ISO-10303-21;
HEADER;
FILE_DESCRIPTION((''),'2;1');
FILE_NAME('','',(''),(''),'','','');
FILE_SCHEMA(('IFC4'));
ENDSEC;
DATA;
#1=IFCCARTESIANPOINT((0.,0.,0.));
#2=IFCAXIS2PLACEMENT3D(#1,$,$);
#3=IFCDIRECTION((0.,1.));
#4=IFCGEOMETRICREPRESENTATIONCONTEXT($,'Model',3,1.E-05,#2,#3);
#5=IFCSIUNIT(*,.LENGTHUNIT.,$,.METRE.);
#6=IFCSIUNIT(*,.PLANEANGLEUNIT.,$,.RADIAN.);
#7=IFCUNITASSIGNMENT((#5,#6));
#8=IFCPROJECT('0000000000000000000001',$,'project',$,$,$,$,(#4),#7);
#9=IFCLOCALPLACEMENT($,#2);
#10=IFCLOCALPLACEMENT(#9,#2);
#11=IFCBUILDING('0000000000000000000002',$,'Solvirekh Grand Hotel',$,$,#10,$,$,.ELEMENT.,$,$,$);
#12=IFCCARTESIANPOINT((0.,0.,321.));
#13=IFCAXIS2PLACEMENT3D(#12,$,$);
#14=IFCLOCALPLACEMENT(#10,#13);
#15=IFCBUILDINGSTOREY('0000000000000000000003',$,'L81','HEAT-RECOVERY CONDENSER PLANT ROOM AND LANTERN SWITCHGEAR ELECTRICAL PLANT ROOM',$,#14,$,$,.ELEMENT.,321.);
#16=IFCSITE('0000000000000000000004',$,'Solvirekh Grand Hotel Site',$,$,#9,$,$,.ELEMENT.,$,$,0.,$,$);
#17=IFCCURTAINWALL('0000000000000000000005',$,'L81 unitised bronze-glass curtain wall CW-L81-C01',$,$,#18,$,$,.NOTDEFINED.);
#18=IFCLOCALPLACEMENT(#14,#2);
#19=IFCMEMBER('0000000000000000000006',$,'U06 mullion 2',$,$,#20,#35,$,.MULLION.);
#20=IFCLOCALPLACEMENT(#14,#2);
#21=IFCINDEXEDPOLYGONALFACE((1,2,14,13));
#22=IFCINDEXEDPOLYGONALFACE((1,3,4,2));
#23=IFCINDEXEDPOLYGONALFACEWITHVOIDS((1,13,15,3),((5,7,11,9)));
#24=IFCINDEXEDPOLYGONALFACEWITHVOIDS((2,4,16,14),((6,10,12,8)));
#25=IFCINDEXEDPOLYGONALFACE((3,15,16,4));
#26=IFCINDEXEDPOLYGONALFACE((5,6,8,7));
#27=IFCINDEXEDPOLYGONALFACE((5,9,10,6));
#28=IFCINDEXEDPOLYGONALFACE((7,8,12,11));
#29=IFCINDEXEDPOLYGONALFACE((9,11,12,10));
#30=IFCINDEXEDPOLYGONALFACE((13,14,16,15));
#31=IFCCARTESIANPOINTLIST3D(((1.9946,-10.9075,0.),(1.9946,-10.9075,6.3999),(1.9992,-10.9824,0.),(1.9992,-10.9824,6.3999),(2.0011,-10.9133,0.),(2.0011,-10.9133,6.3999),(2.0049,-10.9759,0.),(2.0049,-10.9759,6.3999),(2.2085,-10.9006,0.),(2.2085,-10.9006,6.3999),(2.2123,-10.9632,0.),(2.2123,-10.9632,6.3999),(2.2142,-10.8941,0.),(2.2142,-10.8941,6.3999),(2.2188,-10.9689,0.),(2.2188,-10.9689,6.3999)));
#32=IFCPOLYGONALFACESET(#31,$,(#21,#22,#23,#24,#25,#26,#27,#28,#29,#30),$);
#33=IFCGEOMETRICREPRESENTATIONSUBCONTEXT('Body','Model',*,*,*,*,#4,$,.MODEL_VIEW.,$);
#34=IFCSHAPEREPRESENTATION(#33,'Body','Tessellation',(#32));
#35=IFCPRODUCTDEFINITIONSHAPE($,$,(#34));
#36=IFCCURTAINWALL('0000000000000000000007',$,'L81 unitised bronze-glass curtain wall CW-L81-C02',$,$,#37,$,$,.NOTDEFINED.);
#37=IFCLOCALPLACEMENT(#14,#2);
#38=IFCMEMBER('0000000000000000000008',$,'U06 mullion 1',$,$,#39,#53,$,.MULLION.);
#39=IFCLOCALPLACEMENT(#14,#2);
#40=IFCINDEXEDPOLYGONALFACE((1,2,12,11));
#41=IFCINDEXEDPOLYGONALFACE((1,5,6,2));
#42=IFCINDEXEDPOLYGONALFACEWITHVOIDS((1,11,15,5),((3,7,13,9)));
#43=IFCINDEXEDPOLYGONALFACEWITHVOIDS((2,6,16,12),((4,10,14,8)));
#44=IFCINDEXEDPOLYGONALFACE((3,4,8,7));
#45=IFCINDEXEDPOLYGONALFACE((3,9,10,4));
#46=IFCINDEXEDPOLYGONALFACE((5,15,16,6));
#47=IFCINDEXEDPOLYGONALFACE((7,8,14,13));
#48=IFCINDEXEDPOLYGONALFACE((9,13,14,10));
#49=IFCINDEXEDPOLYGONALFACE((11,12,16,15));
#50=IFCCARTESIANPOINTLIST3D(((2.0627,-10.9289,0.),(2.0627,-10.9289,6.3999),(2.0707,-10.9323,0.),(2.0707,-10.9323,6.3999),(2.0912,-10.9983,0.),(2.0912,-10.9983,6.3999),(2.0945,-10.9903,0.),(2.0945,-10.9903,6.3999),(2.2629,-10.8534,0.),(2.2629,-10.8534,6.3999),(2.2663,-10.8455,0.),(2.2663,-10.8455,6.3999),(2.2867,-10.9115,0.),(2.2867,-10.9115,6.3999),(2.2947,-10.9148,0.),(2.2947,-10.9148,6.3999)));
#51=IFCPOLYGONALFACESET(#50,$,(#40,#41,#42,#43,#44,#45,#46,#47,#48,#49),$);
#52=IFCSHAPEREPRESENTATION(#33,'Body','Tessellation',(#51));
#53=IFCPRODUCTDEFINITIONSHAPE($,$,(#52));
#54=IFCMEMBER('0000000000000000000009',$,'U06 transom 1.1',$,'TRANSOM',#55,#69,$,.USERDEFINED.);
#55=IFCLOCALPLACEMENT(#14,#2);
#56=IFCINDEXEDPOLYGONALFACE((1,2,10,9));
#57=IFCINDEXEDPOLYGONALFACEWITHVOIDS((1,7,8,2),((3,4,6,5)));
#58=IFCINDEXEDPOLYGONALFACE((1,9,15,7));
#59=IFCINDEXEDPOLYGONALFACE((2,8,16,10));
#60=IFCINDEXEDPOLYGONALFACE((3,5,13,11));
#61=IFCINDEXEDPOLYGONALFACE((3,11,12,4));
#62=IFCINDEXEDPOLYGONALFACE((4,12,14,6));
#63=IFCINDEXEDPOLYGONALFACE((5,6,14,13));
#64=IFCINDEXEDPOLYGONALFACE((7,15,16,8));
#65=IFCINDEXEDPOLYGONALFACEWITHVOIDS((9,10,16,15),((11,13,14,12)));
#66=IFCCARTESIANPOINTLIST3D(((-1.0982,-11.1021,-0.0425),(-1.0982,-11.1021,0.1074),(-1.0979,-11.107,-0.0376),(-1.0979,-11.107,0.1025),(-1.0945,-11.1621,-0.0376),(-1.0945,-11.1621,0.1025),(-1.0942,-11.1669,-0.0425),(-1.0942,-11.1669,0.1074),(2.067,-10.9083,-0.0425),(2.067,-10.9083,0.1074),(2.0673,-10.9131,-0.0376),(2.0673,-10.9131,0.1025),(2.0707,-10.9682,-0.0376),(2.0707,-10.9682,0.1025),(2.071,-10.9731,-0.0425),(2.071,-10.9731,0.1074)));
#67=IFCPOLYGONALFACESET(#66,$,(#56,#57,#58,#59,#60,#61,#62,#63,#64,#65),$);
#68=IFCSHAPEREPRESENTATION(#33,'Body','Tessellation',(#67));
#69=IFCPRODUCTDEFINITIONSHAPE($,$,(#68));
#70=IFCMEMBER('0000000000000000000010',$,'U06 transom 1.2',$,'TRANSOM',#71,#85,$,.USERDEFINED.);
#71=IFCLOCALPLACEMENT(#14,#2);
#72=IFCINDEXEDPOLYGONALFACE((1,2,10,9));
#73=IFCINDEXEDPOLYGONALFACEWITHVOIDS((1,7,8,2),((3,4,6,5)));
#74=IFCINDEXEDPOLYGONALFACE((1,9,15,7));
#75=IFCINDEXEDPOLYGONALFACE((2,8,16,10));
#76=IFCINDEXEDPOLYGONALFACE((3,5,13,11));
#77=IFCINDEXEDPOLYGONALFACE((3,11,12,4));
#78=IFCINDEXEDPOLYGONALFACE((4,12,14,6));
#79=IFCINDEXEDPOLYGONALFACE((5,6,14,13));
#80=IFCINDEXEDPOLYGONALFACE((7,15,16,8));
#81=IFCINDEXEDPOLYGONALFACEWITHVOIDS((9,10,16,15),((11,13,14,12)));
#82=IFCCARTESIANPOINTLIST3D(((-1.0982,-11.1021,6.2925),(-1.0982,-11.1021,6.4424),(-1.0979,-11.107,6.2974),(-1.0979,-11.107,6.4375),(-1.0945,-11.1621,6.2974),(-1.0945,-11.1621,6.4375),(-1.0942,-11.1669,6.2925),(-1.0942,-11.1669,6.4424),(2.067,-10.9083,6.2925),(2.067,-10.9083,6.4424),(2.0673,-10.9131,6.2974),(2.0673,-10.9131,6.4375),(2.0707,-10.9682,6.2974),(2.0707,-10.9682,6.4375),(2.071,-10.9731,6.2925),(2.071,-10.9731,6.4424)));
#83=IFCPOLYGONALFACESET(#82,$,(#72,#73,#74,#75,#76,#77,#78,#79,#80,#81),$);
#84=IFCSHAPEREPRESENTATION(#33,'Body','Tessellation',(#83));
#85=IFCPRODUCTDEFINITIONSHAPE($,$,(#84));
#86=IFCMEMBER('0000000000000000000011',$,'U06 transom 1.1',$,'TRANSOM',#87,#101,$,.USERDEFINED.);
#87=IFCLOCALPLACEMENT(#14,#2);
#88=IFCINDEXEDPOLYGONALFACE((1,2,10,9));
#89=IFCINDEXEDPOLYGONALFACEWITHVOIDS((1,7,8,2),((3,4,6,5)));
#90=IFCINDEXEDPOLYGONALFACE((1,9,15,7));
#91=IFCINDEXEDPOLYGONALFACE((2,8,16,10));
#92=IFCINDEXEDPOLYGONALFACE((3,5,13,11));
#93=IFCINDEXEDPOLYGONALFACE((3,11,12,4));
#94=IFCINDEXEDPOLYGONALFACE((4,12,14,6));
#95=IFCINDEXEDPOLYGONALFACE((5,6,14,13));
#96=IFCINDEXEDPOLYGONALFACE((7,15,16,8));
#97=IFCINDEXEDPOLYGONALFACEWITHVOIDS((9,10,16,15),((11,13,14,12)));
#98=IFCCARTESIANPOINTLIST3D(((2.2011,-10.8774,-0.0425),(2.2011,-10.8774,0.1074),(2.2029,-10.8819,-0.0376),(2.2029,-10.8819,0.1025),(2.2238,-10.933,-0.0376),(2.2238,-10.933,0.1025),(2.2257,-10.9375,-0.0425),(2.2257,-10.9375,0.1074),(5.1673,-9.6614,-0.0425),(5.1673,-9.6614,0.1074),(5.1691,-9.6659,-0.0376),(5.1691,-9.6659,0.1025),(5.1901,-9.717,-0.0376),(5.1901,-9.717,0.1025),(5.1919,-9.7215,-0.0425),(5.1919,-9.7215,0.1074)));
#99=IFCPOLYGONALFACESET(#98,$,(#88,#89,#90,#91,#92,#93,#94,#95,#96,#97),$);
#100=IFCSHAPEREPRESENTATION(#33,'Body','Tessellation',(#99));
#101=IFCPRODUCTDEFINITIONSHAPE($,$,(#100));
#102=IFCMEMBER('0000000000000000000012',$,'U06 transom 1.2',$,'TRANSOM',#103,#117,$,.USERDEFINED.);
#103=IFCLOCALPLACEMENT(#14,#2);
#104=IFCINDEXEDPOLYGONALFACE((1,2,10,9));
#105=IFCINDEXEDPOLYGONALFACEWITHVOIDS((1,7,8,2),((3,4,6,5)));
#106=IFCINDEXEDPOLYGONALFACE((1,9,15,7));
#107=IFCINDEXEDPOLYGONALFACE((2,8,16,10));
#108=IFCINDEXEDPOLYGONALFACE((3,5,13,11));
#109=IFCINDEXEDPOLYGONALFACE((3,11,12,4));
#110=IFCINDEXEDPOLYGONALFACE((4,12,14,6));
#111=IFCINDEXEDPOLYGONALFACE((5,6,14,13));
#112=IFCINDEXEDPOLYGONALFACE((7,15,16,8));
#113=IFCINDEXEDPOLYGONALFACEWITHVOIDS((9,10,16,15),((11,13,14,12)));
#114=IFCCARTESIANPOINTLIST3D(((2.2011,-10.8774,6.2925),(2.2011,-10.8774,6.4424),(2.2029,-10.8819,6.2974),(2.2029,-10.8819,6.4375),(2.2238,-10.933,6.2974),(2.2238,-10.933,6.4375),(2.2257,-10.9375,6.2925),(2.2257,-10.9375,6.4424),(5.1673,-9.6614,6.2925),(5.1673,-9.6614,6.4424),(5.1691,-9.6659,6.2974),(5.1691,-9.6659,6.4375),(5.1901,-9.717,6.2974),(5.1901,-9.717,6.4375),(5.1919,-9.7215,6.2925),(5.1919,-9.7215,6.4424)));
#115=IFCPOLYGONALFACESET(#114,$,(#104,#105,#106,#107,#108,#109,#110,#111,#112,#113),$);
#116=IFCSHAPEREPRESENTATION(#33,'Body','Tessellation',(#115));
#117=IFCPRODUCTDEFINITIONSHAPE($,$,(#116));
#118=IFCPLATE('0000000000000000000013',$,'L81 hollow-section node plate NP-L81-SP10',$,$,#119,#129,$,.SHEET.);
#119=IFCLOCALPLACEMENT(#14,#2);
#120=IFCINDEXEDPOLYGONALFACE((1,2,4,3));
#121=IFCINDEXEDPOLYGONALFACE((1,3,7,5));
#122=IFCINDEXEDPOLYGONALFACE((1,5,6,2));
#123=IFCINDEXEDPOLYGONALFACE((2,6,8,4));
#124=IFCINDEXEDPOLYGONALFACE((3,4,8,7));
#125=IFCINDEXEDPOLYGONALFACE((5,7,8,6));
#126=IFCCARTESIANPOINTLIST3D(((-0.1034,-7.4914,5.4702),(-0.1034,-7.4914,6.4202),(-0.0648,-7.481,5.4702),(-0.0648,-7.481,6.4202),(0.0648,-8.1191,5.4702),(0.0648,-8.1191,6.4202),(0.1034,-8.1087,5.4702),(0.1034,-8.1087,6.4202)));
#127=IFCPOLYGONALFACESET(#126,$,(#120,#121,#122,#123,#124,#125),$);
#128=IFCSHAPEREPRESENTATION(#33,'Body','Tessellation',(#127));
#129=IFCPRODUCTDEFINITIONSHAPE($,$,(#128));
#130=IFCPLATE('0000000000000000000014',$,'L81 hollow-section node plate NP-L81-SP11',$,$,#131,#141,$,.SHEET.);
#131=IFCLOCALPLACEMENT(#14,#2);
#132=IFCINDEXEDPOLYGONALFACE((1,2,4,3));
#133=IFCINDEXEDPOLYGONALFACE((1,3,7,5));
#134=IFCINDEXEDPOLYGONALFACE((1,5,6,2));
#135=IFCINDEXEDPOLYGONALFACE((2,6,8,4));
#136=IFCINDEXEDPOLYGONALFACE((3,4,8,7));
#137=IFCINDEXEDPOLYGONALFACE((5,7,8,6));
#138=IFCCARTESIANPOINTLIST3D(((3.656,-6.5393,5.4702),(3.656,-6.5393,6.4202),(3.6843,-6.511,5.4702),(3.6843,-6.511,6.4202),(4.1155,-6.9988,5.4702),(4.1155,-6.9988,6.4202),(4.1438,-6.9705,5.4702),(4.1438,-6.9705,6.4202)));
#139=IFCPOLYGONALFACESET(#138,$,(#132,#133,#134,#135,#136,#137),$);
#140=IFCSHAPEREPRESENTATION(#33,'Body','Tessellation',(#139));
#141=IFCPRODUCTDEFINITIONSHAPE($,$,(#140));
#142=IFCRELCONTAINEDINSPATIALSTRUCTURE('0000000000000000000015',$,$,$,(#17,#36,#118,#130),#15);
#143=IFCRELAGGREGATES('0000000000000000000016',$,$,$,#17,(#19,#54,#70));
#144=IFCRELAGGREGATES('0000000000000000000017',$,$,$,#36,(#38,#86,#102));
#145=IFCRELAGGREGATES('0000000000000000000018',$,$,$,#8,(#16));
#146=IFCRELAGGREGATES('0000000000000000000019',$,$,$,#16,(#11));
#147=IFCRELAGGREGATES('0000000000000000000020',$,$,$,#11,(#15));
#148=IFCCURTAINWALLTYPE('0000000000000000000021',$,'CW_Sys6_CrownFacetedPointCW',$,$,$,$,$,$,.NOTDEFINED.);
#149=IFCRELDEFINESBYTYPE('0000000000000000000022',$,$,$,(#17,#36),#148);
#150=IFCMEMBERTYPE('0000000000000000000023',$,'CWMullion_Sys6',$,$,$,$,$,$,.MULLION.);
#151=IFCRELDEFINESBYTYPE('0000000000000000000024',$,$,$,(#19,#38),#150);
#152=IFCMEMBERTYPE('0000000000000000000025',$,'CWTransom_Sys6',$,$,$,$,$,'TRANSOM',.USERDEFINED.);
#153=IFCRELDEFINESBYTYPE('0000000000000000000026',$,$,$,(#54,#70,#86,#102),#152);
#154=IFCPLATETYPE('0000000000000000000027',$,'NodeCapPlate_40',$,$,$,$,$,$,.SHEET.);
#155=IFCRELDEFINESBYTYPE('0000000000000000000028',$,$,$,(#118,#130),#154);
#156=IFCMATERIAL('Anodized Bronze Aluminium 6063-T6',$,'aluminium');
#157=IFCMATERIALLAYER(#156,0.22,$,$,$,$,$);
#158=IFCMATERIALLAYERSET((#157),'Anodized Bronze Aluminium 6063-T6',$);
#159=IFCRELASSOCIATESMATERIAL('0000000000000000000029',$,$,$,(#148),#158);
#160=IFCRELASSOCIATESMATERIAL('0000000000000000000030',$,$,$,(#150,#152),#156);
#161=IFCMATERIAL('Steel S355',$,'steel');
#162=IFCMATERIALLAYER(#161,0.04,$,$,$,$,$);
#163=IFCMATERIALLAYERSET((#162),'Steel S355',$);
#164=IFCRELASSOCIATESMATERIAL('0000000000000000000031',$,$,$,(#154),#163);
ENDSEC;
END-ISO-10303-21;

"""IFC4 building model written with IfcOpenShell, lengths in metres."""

from ifc_helpers import new_model, si_unit, direction, frame, origin, origin_2d, place, context, subcontext, project, spatial, rectangle, hollow_rectangle, extrude, source, transform, mapped, material, layer, layer_set, material_profile, profile_set, type_object, element, aggregate, save


model = new_model("IFC4")

# Units and contexts
model_context = context("Model", 3, precision=1e-05, world=origin(), true_north=direction((0.0, 1.0)))
body_context = subcontext(model_context, "Body", "Model", "MODEL_VIEW")
ifc_project = project(units=[si_unit("LENGTHUNIT", "METRE"), si_unit("PLANEANGLEUNIT", "RADIAN")], contexts=[model_context])

# Site, building, storey
site_placement = place(None, origin())
site = spatial("IfcSite", under=ifc_project, at=site_placement, Name="Solvirekh Grand Hotel Site", CompositionType="ELEMENT", RefElevation=0.0)
building_placement = place(site_placement, origin())
building = spatial("IfcBuilding", under=site, at=building_placement, Name="Solvirekh Grand Hotel", CompositionType="ELEMENT")
storey_placement = place(building_placement, frame((0.0, 0.0, 321.0)))
storey = spatial("IfcBuildingStorey", under=building, at=storey_placement, Name="L81", Description="HEAT-RECOVERY CONDENSER PLANT ROOM AND LANTERN SWITCHGEAR ELECTRICAL PLANT ROOM", CompositionType="ELEMENT", Elevation=321.0)

# Shared definitions
ifc_material_1 = material(Name="Steel S355", Category="steel")

# Curtain walls, members
ifc_material_2 = material(Name="Anodized Bronze Aluminium 6063-T6", Category="aluminium")
ifc_layer_1 = layer(ifc_material_2, 0.22)
ifc_layer_set_1 = layer_set([ifc_layer_1], Name="Anodized Bronze Aluminium 6063-T6")
curtain_wall_type = type_object("IfcCurtainWallType", Name="CW_Sys6_CrownFacetedPointCW", PredefinedType="NOTDEFINED", material=ifc_layer_set_1)
curtain_wall_1_placement = place(storey_placement, origin())
curtain_wall_1 = element("IfcCurtainWall", 1, at=curtain_wall_1_placement, inside=storey, type_object=curtain_wall_type, Name="L81 unitised bronze-glass curtain wall CW-L81-C01", PredefinedType="NOTDEFINED")
ifc_material_profile_1 = material_profile(ifc_material_2, hollow_rectangle(XDim=0.075, YDim=0.22, WallThickness=0.0061, at=origin_2d()), Name="ALU RHS 220X75X6")
ifc_profile_set_1 = profile_set([ifc_material_profile_1], Name="Anodized Bronze Aluminium 6063-T6")
member_type_1 = type_object("IfcMemberType", Name="CWMullion_Sys6", PredefinedType="MULLION", material=ifc_profile_set_1)
shared_shape_1 = source(origin(), body_context, "Body", "SweptSolid", [
    extrude(hollow_rectangle(XDim=0.075, YDim=0.22, WallThickness=0.0061, at=origin_2d()), origin(), (0.0, 0.0, 1.0), 6.3999),
])
member_1_placement = place(storey_placement, frame((2.1067, -10.9382, 0.0), z_axis=(0.0, 0.0, 1.0), x_axis=(-0.061122, 0.99813, 0.0)))
member_1 = element("IfcMember", 2, at=member_1_placement, type_object=member_type_1, Name="U06 mullion 2", PredefinedType="MULLION", context=body_context, shape_type="MappedRepresentation", body=[
    mapped(shared_shape_1, transform((0.0, 0.0, 0.0), x_axis=(1.0, 0.0, 0.0), y_axis=(0.0, 1.0, 0.0), z_axis=(0.0, 0.0, 1.0), scale=1.0)),
])
curtain_wall_2_placement = place(storey_placement, origin())
curtain_wall_2 = element("IfcCurtainWall", 3, at=curtain_wall_2_placement, inside=storey, type_object=curtain_wall_type, Name="L81 unitised bronze-glass curtain wall CW-L81-C02", PredefinedType="NOTDEFINED")
member_2_placement = place(storey_placement, frame((2.1787, -10.9219, 0.0), z_axis=(0.0, 0.0, 1.0), x_axis=(-0.379341, 0.925257, 0.0)))
member_2 = element("IfcMember", 4, at=member_2_placement, type_object=member_type_1, Name="U06 mullion 1", PredefinedType="MULLION", context=body_context, shape_type="MappedRepresentation", body=[
    mapped(shared_shape_1, transform((0.0, 0.0, 0.0), x_axis=(1.0, 0.0, 0.0), y_axis=(0.0, 1.0, 0.0), z_axis=(0.0, 0.0, 1.0), scale=1.0)),
])

# Members
ifc_material_profile_2 = material_profile(ifc_material_2, hollow_rectangle(XDim=0.0649, YDim=0.1499, WallThickness=0.0049, at=origin_2d()), Name="ALU RHS 150X65X5")
ifc_profile_set_2 = profile_set([ifc_material_profile_2], Name="Anodized Bronze Aluminium 6063-T6")
member_type_2 = type_object("IfcMemberType", Name="CWTransom_Sys6", ElementType="TRANSOM", PredefinedType="USERDEFINED", material=ifc_profile_set_2)
shared_shape_2 = source(origin(), body_context, "Body", "SweptSolid", [
    extrude(hollow_rectangle(XDim=0.0649, YDim=0.1499, WallThickness=0.0049, at=origin_2d()), origin(), (0.0, 0.0, 1.0), 3.1711),
])
member_3_placement = place(storey_placement, frame((-1.0962, -11.1345, 0.0325), z_axis=(0.99813, 0.061127, 0.0), x_axis=(-0.061127, 0.99813, 0.0)))
member_3 = element("IfcMember", 5, at=member_3_placement, type_object=member_type_2, Name="U06 transom 1.1", ObjectType="TRANSOM", PredefinedType="USERDEFINED", context=body_context, shape_type="MappedRepresentation", body=[
    mapped(shared_shape_2, transform((0.0, 0.0, 0.0), x_axis=(1.0, 0.0, 0.0), y_axis=(0.0, 1.0, 0.0), z_axis=(0.0, 0.0, 1.0), scale=1.0)),
])
member_4_placement = place(storey_placement, frame((-1.0962, -11.1345, 6.3674), z_axis=(0.99813, 0.061127, 0.0), x_axis=(-0.061127, 0.99813, 0.0)))
member_4 = element("IfcMember", 6, at=member_4_placement, type_object=member_type_2, Name="U06 transom 1.2", ObjectType="TRANSOM", PredefinedType="USERDEFINED", context=body_context, shape_type="MappedRepresentation", body=[
    mapped(shared_shape_2, transform((0.0, 0.0, 0.0), x_axis=(1.0, 0.0, 0.0), y_axis=(0.0, 1.0, 0.0), z_axis=(0.0, 0.0, 1.0), scale=1.0)),
])
shared_shape_3 = source(origin(), body_context, "Body", "SweptSolid", [
    extrude(hollow_rectangle(XDim=0.0649, YDim=0.1499, WallThickness=0.0049, at=origin_2d()), origin(), (0.0, 0.0, 1.0), 3.2058),
])
member_5_placement = place(storey_placement, frame((2.2134, -10.9075, 0.0325), z_axis=(0.925265, 0.379321, 0.0), x_axis=(-0.379321, 0.925265, 0.0)))
member_5 = element("IfcMember", 7, at=member_5_placement, type_object=member_type_2, Name="U06 transom 1.1", ObjectType="TRANSOM", PredefinedType="USERDEFINED", context=body_context, shape_type="MappedRepresentation", body=[
    mapped(shared_shape_3, transform((0.0, 0.0, 0.0), x_axis=(1.0, 0.0, 0.0), y_axis=(0.0, 1.0, 0.0), z_axis=(0.0, 0.0, 1.0), scale=1.0)),
])
member_6_placement = place(storey_placement, frame((2.2134, -10.9075, 6.3674), z_axis=(0.925265, 0.379321, 0.0), x_axis=(-0.379321, 0.925265, 0.0)))
member_6 = element("IfcMember", 8, at=member_6_placement, type_object=member_type_2, Name="U06 transom 1.2", ObjectType="TRANSOM", PredefinedType="USERDEFINED", context=body_context, shape_type="MappedRepresentation", body=[
    mapped(shared_shape_3, transform((0.0, 0.0, 0.0), x_axis=(1.0, 0.0, 0.0), y_axis=(0.0, 1.0, 0.0), z_axis=(0.0, 0.0, 1.0), scale=1.0)),
])

# Plates
ifc_layer_2 = layer(ifc_material_1, 0.04)
ifc_layer_set_2 = layer_set([ifc_layer_2], Name="Steel S355")
plate_type_1 = type_object("IfcPlateType", Name="NodeCapPlate_40", PredefinedType="SHEET", material=ifc_layer_set_2)
for number, where, z_axis, x_axis, name in (
    (9, (0.0, -7.8, 5.4702), (0.0, 0.0, 1.0), (0.965926, 0.258819, 0.0), "L81 hollow-section node plate NP-L81-SP10"),
    (10, (3.8999, -6.7549, 5.4702), (0.0, 0.0, 1.0), (0.707107, 0.707107, 0.0), "L81 hollow-section node plate NP-L81-SP11"),
):
    element("IfcPlate", number, at=place(storey_placement, frame(where, z_axis=z_axis, x_axis=x_axis)), inside=storey, type_object=plate_type_1, Name=name, PredefinedType="SHEET", context=body_context, shape_type="SweptSolid", body=[
        extrude(rectangle(XDim=0.04, YDim=0.6499, at=origin_2d()), origin(), (0.0, 0.0, 1.0), 0.95),
    ])

aggregate(curtain_wall_1, [member_1, member_3, member_4])
aggregate(curtain_wall_2, [member_2, member_5, member_6])

save(model, "model.ifc")
